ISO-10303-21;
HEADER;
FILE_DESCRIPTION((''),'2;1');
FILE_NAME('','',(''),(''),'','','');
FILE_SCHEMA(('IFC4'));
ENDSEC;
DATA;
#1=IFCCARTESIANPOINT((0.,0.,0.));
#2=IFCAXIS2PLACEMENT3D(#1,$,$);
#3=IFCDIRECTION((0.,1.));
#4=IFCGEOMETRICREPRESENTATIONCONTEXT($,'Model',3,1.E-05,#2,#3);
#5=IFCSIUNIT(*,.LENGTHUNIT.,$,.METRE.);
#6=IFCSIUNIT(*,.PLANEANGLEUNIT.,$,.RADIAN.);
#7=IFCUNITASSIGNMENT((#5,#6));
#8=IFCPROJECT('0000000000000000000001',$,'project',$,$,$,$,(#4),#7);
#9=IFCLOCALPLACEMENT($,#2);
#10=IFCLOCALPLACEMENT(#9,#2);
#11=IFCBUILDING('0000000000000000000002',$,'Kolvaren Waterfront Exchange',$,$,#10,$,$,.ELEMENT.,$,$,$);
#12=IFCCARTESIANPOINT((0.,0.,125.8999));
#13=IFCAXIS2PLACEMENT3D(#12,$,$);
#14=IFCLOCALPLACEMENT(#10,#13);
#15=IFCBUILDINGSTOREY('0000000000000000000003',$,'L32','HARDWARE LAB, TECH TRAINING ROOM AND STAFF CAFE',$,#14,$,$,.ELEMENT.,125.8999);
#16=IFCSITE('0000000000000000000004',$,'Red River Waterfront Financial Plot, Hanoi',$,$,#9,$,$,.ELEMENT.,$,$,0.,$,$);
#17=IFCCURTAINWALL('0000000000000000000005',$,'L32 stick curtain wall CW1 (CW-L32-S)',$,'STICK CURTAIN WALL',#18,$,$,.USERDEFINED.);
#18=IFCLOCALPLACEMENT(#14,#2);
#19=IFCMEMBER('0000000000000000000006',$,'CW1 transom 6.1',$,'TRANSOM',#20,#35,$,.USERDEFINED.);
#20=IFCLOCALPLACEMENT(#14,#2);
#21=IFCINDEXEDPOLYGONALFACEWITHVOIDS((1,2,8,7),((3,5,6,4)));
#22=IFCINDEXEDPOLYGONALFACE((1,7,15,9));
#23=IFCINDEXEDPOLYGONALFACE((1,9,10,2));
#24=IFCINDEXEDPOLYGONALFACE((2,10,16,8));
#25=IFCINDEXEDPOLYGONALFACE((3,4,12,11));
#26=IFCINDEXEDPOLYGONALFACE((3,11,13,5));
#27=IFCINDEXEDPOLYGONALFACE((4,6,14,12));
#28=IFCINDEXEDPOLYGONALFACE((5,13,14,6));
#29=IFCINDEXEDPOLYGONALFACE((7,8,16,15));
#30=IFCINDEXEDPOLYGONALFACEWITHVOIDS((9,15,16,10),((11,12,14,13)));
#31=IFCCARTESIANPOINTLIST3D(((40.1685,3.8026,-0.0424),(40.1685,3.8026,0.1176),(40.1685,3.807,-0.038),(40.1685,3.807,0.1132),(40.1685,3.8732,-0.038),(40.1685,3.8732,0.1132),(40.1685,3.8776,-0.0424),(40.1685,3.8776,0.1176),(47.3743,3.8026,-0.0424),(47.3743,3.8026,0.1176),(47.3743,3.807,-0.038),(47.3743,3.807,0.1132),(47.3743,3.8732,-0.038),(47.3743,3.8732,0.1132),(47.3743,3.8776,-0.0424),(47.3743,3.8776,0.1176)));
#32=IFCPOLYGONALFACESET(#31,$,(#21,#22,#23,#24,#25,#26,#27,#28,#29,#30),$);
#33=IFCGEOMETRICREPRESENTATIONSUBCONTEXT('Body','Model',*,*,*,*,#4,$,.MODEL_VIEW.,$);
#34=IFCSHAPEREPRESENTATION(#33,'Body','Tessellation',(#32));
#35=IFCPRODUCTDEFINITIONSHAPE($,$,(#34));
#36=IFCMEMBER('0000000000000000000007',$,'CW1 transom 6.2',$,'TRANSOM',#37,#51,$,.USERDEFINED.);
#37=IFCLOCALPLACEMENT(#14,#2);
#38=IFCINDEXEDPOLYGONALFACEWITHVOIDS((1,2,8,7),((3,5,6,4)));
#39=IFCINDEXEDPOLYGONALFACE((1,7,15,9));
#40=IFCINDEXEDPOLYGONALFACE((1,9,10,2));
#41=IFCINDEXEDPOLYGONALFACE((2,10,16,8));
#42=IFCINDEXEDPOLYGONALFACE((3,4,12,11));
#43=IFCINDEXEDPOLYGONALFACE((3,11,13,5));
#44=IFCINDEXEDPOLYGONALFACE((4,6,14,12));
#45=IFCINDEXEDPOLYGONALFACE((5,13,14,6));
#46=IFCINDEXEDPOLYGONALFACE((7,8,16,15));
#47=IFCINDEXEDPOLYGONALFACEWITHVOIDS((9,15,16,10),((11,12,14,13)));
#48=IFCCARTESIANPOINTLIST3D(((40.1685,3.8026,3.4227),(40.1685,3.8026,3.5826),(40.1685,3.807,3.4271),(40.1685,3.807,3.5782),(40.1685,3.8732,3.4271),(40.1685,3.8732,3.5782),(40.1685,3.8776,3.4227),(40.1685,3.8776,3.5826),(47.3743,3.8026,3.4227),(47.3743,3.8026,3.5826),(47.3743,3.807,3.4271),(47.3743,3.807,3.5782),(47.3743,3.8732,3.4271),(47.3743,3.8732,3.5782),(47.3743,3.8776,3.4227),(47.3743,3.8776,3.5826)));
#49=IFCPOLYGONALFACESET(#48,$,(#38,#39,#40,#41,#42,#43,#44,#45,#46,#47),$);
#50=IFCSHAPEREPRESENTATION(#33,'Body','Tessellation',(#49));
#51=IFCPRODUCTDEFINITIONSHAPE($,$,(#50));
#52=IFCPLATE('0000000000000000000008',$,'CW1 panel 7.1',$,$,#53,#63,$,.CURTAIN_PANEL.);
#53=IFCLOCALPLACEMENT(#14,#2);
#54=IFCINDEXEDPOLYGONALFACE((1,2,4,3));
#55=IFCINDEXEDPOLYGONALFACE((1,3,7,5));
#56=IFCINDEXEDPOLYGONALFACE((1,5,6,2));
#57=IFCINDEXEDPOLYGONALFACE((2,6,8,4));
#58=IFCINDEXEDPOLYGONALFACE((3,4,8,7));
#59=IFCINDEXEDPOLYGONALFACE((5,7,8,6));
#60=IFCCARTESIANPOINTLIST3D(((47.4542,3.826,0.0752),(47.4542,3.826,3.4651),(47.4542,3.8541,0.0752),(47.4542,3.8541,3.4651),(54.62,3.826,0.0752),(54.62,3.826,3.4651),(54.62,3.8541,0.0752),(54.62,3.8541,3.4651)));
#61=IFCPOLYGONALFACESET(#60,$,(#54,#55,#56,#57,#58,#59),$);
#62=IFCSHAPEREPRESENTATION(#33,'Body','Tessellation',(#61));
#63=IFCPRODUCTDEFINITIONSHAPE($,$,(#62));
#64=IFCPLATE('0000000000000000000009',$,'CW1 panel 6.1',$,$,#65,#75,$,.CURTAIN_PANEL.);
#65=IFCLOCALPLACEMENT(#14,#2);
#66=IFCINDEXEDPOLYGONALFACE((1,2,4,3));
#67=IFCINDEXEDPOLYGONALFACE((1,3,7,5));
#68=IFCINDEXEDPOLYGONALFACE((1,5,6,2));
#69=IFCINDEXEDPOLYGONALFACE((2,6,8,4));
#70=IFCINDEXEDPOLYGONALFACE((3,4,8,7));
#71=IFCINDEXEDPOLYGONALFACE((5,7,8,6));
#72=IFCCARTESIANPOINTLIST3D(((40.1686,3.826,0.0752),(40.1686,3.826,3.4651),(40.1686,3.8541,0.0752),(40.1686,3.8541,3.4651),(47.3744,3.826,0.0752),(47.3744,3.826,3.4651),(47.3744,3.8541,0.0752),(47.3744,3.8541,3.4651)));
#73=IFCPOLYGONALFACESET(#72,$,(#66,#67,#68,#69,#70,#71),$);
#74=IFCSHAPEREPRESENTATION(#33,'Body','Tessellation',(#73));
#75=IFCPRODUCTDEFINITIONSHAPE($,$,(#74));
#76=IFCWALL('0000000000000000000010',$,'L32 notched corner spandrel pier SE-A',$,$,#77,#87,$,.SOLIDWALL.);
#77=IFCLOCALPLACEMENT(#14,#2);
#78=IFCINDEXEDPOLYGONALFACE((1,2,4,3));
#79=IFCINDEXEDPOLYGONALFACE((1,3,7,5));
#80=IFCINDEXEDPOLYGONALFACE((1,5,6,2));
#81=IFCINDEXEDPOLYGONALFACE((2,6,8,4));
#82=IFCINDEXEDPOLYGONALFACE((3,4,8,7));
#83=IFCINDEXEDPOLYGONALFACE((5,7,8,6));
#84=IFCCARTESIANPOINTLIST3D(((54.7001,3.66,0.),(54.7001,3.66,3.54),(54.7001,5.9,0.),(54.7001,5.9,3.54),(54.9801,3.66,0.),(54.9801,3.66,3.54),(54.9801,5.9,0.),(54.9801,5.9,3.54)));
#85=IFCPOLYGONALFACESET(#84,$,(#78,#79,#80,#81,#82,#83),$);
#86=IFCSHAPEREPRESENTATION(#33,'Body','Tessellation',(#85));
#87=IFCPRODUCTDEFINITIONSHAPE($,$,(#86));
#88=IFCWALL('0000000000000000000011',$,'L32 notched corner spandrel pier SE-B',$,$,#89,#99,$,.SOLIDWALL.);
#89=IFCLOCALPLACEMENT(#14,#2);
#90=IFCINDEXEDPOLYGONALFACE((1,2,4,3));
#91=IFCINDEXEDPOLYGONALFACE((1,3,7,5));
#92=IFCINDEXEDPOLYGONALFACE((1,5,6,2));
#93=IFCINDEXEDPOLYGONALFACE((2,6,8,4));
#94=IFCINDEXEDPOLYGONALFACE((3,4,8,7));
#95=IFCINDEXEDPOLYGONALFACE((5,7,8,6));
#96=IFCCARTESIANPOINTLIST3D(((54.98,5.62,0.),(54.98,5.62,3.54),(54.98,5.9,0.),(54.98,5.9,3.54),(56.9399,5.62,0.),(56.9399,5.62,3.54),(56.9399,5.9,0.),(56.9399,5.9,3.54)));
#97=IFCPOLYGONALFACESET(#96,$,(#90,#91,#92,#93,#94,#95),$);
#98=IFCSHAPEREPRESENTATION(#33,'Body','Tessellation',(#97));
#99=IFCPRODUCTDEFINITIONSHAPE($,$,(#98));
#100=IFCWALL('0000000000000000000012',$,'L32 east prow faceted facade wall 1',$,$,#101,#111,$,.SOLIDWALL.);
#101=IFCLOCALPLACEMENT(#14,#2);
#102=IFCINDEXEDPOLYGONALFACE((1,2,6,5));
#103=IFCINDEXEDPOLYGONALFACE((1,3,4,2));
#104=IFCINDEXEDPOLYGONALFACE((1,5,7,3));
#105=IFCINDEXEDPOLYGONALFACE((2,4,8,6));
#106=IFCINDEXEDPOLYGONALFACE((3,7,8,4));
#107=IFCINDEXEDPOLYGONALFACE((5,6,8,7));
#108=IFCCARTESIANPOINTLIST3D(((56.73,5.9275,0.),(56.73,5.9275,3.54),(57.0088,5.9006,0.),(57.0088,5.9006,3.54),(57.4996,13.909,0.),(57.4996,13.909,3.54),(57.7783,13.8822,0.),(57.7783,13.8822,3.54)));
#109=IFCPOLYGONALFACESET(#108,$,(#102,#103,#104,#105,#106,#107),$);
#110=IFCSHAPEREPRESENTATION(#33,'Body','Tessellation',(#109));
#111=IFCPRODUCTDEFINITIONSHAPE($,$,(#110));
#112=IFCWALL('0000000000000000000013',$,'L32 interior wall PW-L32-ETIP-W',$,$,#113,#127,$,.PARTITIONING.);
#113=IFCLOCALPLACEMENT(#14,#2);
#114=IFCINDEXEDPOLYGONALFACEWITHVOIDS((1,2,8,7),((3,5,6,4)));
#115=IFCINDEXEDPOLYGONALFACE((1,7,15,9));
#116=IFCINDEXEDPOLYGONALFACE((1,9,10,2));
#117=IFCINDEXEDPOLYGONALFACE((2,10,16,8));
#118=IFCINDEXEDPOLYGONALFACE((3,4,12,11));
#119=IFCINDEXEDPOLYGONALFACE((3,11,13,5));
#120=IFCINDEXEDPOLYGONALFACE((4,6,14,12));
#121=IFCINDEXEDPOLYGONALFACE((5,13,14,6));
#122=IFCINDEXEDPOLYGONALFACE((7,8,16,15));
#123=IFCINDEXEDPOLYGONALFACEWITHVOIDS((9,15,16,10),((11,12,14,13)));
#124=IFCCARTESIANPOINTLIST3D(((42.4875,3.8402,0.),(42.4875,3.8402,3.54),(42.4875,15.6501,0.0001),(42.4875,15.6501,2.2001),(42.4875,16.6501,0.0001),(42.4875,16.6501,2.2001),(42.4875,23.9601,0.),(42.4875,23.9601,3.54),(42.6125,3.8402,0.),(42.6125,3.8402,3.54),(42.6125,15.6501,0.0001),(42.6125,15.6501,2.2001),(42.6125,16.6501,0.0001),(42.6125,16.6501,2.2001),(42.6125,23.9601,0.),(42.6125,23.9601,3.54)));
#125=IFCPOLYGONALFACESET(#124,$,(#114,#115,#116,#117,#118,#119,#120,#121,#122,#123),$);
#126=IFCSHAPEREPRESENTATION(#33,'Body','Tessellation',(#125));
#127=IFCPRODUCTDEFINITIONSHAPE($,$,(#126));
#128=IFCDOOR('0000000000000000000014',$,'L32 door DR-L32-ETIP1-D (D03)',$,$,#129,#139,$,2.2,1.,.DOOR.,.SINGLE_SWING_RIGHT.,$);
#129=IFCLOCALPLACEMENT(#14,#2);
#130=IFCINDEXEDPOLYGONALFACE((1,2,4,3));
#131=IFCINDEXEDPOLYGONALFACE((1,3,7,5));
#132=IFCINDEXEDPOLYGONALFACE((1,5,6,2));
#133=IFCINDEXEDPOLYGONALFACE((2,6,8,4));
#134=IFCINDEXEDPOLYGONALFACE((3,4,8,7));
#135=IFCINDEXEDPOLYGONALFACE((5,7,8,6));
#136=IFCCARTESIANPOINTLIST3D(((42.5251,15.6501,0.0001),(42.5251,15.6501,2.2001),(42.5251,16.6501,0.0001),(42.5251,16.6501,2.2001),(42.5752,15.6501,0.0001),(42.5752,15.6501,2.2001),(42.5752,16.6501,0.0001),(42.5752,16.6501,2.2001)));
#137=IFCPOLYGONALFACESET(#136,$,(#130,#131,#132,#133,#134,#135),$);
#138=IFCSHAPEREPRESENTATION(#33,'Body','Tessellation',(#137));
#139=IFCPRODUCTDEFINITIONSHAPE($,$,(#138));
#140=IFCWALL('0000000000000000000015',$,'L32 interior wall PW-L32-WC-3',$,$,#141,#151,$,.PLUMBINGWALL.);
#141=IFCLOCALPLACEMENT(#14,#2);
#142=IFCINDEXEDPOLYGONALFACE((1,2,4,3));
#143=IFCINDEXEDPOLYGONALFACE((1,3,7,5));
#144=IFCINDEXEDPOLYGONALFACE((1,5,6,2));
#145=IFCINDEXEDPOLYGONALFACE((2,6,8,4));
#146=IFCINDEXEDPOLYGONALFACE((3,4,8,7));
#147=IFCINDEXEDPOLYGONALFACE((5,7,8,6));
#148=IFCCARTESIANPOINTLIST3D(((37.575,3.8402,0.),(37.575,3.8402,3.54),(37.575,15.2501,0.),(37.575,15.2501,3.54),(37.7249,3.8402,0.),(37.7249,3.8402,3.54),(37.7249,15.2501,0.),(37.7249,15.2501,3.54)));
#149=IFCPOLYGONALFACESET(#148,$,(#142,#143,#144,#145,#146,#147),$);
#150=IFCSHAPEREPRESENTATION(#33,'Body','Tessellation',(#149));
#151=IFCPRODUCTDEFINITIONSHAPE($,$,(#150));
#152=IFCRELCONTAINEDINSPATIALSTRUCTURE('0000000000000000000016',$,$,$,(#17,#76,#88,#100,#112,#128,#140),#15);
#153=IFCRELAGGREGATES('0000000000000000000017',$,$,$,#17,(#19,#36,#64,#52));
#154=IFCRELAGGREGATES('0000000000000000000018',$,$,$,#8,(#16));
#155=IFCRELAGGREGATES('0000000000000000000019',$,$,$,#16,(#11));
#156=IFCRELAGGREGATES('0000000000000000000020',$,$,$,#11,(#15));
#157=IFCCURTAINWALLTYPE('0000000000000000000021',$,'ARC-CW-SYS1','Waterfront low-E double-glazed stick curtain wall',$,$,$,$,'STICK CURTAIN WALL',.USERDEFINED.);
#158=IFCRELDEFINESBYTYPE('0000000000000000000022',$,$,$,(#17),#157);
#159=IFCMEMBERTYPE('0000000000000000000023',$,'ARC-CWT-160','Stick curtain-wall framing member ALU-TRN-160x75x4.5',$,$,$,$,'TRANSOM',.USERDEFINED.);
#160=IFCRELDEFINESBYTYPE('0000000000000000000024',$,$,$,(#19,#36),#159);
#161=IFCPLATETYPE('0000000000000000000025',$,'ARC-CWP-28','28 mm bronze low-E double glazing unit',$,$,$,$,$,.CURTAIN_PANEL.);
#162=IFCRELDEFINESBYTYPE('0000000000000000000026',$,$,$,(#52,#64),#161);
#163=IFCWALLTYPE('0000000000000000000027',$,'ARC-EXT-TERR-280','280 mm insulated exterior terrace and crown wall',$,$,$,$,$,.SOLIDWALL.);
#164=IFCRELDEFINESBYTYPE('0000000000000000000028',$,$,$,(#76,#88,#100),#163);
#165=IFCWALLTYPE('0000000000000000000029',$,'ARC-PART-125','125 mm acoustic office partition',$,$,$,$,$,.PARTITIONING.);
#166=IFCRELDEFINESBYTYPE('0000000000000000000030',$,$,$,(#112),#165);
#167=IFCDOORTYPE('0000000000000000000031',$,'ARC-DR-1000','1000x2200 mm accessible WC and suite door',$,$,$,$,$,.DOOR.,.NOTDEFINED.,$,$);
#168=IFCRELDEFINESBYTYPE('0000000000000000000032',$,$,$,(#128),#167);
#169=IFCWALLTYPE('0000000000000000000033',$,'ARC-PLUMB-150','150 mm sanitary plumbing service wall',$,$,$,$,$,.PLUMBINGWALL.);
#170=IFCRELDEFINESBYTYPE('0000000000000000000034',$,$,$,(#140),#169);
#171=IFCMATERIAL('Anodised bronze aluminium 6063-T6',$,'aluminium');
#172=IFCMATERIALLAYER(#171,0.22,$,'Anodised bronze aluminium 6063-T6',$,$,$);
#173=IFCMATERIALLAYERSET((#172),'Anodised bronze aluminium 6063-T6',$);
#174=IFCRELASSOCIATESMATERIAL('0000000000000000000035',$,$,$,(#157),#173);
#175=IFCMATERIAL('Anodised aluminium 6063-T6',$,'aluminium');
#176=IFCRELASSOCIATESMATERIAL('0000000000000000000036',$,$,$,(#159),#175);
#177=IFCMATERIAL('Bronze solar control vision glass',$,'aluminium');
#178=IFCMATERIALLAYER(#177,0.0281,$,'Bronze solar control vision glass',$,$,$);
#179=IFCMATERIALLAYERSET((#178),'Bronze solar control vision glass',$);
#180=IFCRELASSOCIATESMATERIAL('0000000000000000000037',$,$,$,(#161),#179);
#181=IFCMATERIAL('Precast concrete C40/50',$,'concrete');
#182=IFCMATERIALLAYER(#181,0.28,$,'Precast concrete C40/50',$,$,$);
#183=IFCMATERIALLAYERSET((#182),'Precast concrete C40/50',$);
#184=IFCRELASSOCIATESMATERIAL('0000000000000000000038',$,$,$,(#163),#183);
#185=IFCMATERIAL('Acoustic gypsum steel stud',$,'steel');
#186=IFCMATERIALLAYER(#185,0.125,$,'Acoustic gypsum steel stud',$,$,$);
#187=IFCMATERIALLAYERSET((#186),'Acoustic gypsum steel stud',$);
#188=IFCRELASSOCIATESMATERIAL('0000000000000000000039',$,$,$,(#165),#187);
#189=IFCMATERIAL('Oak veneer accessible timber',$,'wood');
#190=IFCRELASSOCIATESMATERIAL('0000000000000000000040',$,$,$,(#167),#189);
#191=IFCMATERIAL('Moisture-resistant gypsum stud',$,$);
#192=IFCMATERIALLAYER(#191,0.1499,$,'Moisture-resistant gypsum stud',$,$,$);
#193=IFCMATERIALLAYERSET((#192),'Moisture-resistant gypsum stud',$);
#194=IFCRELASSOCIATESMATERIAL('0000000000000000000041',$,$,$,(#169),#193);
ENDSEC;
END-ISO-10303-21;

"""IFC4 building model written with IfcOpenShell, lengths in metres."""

from ifc_helpers import new_model, si_unit, direction, frame, frame_2d, origin, origin_with_axes, origin_2d, place, context, subcontext, project, spatial, rectangle, hollow_rectangle, extrude, source, transform, mapped, material, layer, layer_set, material_profile, profile_set, type_object, element, fill, aggregate, save


model = new_model("IFC4")

# Units and contexts
model_context = context("Model", 3, precision=1e-05, world=origin(), true_north=direction((0.0, 1.0)))
body_context = subcontext(model_context, "Body", "Model", "MODEL_VIEW")
ifc_project = project(units=[si_unit("LENGTHUNIT", "METRE"), si_unit("PLANEANGLEUNIT", "RADIAN")], contexts=[model_context])

# Site, building, storey
site_placement = place(None, origin())
site = spatial("IfcSite", under=ifc_project, at=site_placement, Name="Red River Waterfront Financial Plot, Hanoi", CompositionType="ELEMENT", RefElevation=0.0)
building_placement = place(site_placement, origin())
building = spatial("IfcBuilding", under=site, at=building_placement, Name="Kolvaren Waterfront Exchange", CompositionType="ELEMENT")
storey_placement = place(building_placement, frame((0.0, 0.0, 125.8999)))
storey = spatial("IfcBuildingStorey", under=building, at=storey_placement, Name="L32", Description="HARDWARE LAB, TECH TRAINING ROOM AND STAFF CAFE", CompositionType="ELEMENT", Elevation=125.8999)

# Curtain wall, members, plates
ifc_material_1 = material(Name="Anodised bronze aluminium 6063-T6", Category="aluminium")
ifc_layer_1 = layer(ifc_material_1, 0.22, Name="Anodised bronze aluminium 6063-T6")
ifc_layer_set_1 = layer_set([ifc_layer_1], Name="Anodised bronze aluminium 6063-T6")
curtain_wall_type = type_object("IfcCurtainWallType", Name="ARC-CW-SYS1", Description="Waterfront low-E double-glazed stick curtain wall", ElementType="STICK CURTAIN WALL", PredefinedType="USERDEFINED", material=ifc_layer_set_1)
curtain_wall_placement = place(storey_placement, origin())
curtain_wall = element("IfcCurtainWall", 1, at=curtain_wall_placement, inside=storey, type_object=curtain_wall_type, Name="L32 stick curtain wall CW1 (CW-L32-S)", ObjectType="STICK CURTAIN WALL", PredefinedType="USERDEFINED")
ifc_material_2 = material(Name="Anodised aluminium 6063-T6", Category="aluminium")
ifc_material_profile_1 = material_profile(ifc_material_2, hollow_rectangle(XDim=0.075, YDim=0.1599, WallThickness=0.0044, at=origin_2d()), Name="ALU-TRN-160x75x4.5")
ifc_profile_set_1 = profile_set([ifc_material_profile_1], Name="Anodised aluminium 6063-T6")
member_type_1 = type_object("IfcMemberType", Name="ARC-CWT-160", Description="Stick curtain-wall framing member ALU-TRN-160x75x4.5", ElementType="TRANSOM", PredefinedType="USERDEFINED", material=ifc_profile_set_1)
shared_shape_1 = source(origin_with_axes(), body_context, "Body", "SweptSolid", [
    extrude(hollow_rectangle(XDim=0.075, YDim=0.1599, WallThickness=0.0044, at=origin_2d()), origin(), (0.0, 0.0, 1.0), 7.2058),
])
member_1_placement = place(storey_placement, frame((40.1685, 3.8401, 0.0376), z_axis=(1.0, 0.0, 0.0), x_axis=(0.0, 1.0, 0.0)))
member_1 = element("IfcMember", 2, at=member_1_placement, type_object=member_type_1, Name="CW1 transom 6.1", ObjectType="TRANSOM", PredefinedType="USERDEFINED", context=body_context, shape_type="MappedRepresentation", body=[
    mapped(shared_shape_1, transform((0.0, 0.0, 0.0), x_axis=(1.0, 0.0, 0.0), y_axis=(0.0, 1.0, 0.0), z_axis=(0.0, 0.0, 1.0), scale=1.0)),
])
member_2_placement = place(storey_placement, frame((40.1685, 3.8401, 3.5027), z_axis=(1.0, 0.0, 0.0), x_axis=(0.0, 1.0, 0.0)))
member_2 = element("IfcMember", 3, at=member_2_placement, type_object=member_type_1, Name="CW1 transom 6.2", ObjectType="TRANSOM", PredefinedType="USERDEFINED", context=body_context, shape_type="MappedRepresentation", body=[
    mapped(shared_shape_1, transform((0.0, 0.0, 0.0), x_axis=(1.0, 0.0, 0.0), y_axis=(0.0, 1.0, 0.0), z_axis=(0.0, 0.0, 1.0), scale=1.0)),
])
ifc_material_3 = material(Name="Bronze solar control vision glass", Category="aluminium")
ifc_layer_2 = layer(ifc_material_3, 0.0281, Name="Bronze solar control vision glass")
ifc_layer_set_2 = layer_set([ifc_layer_2], Name="Bronze solar control vision glass")
plate_type = type_object("IfcPlateType", Name="ARC-CWP-28", Description="28 mm bronze low-E double glazing unit", PredefinedType="CURTAIN_PANEL", material=ifc_layer_set_2)
shared_shape_2 = source(origin_with_axes(), body_context, "Body", "SweptSolid", [
    extrude(rectangle(XDim=7.1658, YDim=0.0281, at=origin_2d()), origin(), (0.0, 0.0, 1.0), 3.3899),
])
plate_1_placement = place(storey_placement, frame((51.0371, 3.8401, 0.0752), z_axis=(0.0, 0.0, 1.0), x_axis=(1.0, 0.0, 0.0)))
plate_1 = element("IfcPlate", 4, at=plate_1_placement, type_object=plate_type, Name="CW1 panel 7.1", PredefinedType="CURTAIN_PANEL", context=body_context, shape_type="MappedRepresentation", body=[
    mapped(shared_shape_2, transform((0.0, 0.0, 0.0), x_axis=(1.0, 0.0, 0.0), y_axis=(0.0, 1.0, 0.0), z_axis=(0.0, 0.0, 1.0), scale=1.0)),
])
shared_shape_3 = source(origin_with_axes(), body_context, "Body", "SweptSolid", [
    extrude(rectangle(XDim=7.2058, YDim=0.0281, at=origin_2d()), origin(), (0.0, 0.0, 1.0), 3.3899),
])
plate_2_placement = place(storey_placement, frame((43.7715, 3.8401, 0.0752), z_axis=(0.0, 0.0, 1.0), x_axis=(1.0, 0.0, 0.0)))
plate_2 = element("IfcPlate", 5, at=plate_2_placement, type_object=plate_type, Name="CW1 panel 6.1", PredefinedType="CURTAIN_PANEL", context=body_context, shape_type="MappedRepresentation", body=[
    mapped(shared_shape_3, transform((0.0, 0.0, 0.0), x_axis=(1.0, 0.0, 0.0), y_axis=(0.0, 1.0, 0.0), z_axis=(0.0, 0.0, 1.0), scale=1.0)),
])
aggregate(curtain_wall, [member_1, member_2, plate_2, plate_1])

# Walls
ifc_material_4 = material(Name="Precast concrete C40/50", Category="concrete")
ifc_layer_3 = layer(ifc_material_4, 0.28, Name="Precast concrete C40/50")
ifc_layer_set_3 = layer_set([ifc_layer_3], Name="Precast concrete C40/50")
wall_type_1 = type_object("IfcWallType", Name="ARC-EXT-TERR-280", Description="280 mm insulated exterior terrace and crown wall", PredefinedType="SOLIDWALL", material=ifc_layer_set_3)
wall_1_placement = place(storey_placement, frame((54.8401, 3.6599, 0.0), z_axis=(0.0, 0.0, 1.0), x_axis=(0.0, 1.0, 0.0)))
element("IfcWall", 6, at=wall_1_placement, inside=storey, type_object=wall_type_1, Name="L32 notched corner spandrel pier SE-A", PredefinedType="SOLIDWALL", context=body_context, shape_type="SweptSolid", body=[
    extrude(rectangle(XDim=2.24, YDim=0.28, at=frame_2d((1.1201, 0.0))), origin(), (0.0, 0.0, 1.0), 3.54),
])
wall_2_placement = place(storey_placement, frame((54.98, 5.76, 0.0), z_axis=(0.0, 0.0, 1.0), x_axis=(1.0, 0.0, 0.0)))
element("IfcWall", 7, at=wall_2_placement, inside=storey, type_object=wall_type_1, Name="L32 notched corner spandrel pier SE-B", PredefinedType="SOLIDWALL", context=body_context, shape_type="SweptSolid", body=[
    extrude(rectangle(XDim=1.96, YDim=0.28, at=frame_2d((0.98, 0.0))), origin(), (0.0, 0.0, 1.0), 3.54),
])
wall_3_placement = place(storey_placement, frame((56.8694, 5.9141, 0.0), z_axis=(0.0, 0.0, 1.0), x_axis=(0.09597, 0.995384, 0.0)))
element("IfcWall", 8, at=wall_3_placement, inside=storey, type_object=wall_type_1, Name="L32 east prow faceted facade wall 1", PredefinedType="SOLIDWALL", context=body_context, shape_type="SweptSolid", body=[
    extrude(rectangle(XDim=8.0186, YDim=0.28, at=frame_2d((4.0093, 0.0))), origin(), (0.0, 0.0, 1.0), 3.54),
])

# Wall, opening, door
ifc_material_5 = material(Name="Acoustic gypsum steel stud", Category="steel")
ifc_layer_4 = layer(ifc_material_5, 0.125, Name="Acoustic gypsum steel stud")
ifc_layer_set_4 = layer_set([ifc_layer_4], Name="Acoustic gypsum steel stud")
wall_type_2 = type_object("IfcWallType", Name="ARC-PART-125", Description="125 mm acoustic office partition", PredefinedType="PARTITIONING", material=ifc_layer_set_4)
wall_4_placement = place(storey_placement, frame((42.55, 3.8401, 0.0), z_axis=(0.0, 0.0, 1.0), x_axis=(0.0, 1.0, 0.0)))
wall_4 = element("IfcWall", 9, at=wall_4_placement, inside=storey, type_object=wall_type_2, Name="L32 interior wall PW-L32-ETIP-W", PredefinedType="PARTITIONING", context=body_context, shape_type="SweptSolid", body=[
    extrude(rectangle(XDim=20.1199, YDim=0.125, at=frame_2d((10.0601, 0.0))), origin(), (0.0, 0.0, 1.0), 3.54),
])
opening_placement = place(wall_4_placement, frame((11.8101, 0.0, 0.0)))
opening = element("IfcOpeningElement", 10, at=opening_placement, cuts=wall_4, PredefinedType="OPENING", context=body_context, shape_type="SweptSolid", body=[
    extrude(rectangle(XDim=1.0, YDim=2.2, at=frame_2d((0.5, 1.1001))), frame((0.0, 0.0725, 0.0), z_axis=(0.0, -1.0, 0.0), x_axis=(1.0, 0.0, 0.0)), (0.0, 0.0, 1.0), 0.145),
])
ifc_material_6 = material(Name="Oak veneer accessible timber", Category="wood")
door_type = type_object("IfcDoorType", Name="ARC-DR-1000", Description="1000x2200 mm accessible WC and suite door", OperationType="NOTDEFINED", PredefinedType="DOOR", material=ifc_material_6)
door_placement = place(opening_placement, origin())
door = element("IfcDoor", 11, at=door_placement, inside=storey, type_object=door_type, Name="L32 door DR-L32-ETIP1-D (D03)", OperationType="SINGLE_SWING_RIGHT", OverallHeight=2.2, OverallWidth=1.0, PredefinedType="DOOR", context=body_context, shape_type="SweptSolid", body=[
    extrude(rectangle(XDim=1.0, YDim=2.2, at=frame_2d((0.5, 1.1001))), frame((0.0, 0.0249, 0.0), z_axis=(0.0, -1.0, 0.0), x_axis=(1.0, 0.0, 0.0)), (0.0, 0.0, 1.0), 0.05),
])
fill(opening, door)

# Wall
ifc_material_7 = material(Name="Moisture-resistant gypsum stud")
ifc_layer_5 = layer(ifc_material_7, 0.1499, Name="Moisture-resistant gypsum stud")
ifc_layer_set_5 = layer_set([ifc_layer_5], Name="Moisture-resistant gypsum stud")
wall_type_3 = type_object("IfcWallType", Name="ARC-PLUMB-150", Description="150 mm sanitary plumbing service wall", PredefinedType="PLUMBINGWALL", material=ifc_layer_set_5)
wall_5_placement = place(storey_placement, frame((37.6499, 3.8401, 0.0), z_axis=(0.0, 0.0, 1.0), x_axis=(0.0, 1.0, 0.0)))
element("IfcWall", 12, at=wall_5_placement, inside=storey, type_object=wall_type_3, Name="L32 interior wall PW-L32-WC-3", PredefinedType="PLUMBINGWALL", context=body_context, shape_type="SweptSolid", body=[
    extrude(rectangle(XDim=11.4099, YDim=0.1499, at=frame_2d((5.7051, 0.0))), origin(), (0.0, 0.0, 1.0), 3.54),
])

save(model, "model.ifc")
